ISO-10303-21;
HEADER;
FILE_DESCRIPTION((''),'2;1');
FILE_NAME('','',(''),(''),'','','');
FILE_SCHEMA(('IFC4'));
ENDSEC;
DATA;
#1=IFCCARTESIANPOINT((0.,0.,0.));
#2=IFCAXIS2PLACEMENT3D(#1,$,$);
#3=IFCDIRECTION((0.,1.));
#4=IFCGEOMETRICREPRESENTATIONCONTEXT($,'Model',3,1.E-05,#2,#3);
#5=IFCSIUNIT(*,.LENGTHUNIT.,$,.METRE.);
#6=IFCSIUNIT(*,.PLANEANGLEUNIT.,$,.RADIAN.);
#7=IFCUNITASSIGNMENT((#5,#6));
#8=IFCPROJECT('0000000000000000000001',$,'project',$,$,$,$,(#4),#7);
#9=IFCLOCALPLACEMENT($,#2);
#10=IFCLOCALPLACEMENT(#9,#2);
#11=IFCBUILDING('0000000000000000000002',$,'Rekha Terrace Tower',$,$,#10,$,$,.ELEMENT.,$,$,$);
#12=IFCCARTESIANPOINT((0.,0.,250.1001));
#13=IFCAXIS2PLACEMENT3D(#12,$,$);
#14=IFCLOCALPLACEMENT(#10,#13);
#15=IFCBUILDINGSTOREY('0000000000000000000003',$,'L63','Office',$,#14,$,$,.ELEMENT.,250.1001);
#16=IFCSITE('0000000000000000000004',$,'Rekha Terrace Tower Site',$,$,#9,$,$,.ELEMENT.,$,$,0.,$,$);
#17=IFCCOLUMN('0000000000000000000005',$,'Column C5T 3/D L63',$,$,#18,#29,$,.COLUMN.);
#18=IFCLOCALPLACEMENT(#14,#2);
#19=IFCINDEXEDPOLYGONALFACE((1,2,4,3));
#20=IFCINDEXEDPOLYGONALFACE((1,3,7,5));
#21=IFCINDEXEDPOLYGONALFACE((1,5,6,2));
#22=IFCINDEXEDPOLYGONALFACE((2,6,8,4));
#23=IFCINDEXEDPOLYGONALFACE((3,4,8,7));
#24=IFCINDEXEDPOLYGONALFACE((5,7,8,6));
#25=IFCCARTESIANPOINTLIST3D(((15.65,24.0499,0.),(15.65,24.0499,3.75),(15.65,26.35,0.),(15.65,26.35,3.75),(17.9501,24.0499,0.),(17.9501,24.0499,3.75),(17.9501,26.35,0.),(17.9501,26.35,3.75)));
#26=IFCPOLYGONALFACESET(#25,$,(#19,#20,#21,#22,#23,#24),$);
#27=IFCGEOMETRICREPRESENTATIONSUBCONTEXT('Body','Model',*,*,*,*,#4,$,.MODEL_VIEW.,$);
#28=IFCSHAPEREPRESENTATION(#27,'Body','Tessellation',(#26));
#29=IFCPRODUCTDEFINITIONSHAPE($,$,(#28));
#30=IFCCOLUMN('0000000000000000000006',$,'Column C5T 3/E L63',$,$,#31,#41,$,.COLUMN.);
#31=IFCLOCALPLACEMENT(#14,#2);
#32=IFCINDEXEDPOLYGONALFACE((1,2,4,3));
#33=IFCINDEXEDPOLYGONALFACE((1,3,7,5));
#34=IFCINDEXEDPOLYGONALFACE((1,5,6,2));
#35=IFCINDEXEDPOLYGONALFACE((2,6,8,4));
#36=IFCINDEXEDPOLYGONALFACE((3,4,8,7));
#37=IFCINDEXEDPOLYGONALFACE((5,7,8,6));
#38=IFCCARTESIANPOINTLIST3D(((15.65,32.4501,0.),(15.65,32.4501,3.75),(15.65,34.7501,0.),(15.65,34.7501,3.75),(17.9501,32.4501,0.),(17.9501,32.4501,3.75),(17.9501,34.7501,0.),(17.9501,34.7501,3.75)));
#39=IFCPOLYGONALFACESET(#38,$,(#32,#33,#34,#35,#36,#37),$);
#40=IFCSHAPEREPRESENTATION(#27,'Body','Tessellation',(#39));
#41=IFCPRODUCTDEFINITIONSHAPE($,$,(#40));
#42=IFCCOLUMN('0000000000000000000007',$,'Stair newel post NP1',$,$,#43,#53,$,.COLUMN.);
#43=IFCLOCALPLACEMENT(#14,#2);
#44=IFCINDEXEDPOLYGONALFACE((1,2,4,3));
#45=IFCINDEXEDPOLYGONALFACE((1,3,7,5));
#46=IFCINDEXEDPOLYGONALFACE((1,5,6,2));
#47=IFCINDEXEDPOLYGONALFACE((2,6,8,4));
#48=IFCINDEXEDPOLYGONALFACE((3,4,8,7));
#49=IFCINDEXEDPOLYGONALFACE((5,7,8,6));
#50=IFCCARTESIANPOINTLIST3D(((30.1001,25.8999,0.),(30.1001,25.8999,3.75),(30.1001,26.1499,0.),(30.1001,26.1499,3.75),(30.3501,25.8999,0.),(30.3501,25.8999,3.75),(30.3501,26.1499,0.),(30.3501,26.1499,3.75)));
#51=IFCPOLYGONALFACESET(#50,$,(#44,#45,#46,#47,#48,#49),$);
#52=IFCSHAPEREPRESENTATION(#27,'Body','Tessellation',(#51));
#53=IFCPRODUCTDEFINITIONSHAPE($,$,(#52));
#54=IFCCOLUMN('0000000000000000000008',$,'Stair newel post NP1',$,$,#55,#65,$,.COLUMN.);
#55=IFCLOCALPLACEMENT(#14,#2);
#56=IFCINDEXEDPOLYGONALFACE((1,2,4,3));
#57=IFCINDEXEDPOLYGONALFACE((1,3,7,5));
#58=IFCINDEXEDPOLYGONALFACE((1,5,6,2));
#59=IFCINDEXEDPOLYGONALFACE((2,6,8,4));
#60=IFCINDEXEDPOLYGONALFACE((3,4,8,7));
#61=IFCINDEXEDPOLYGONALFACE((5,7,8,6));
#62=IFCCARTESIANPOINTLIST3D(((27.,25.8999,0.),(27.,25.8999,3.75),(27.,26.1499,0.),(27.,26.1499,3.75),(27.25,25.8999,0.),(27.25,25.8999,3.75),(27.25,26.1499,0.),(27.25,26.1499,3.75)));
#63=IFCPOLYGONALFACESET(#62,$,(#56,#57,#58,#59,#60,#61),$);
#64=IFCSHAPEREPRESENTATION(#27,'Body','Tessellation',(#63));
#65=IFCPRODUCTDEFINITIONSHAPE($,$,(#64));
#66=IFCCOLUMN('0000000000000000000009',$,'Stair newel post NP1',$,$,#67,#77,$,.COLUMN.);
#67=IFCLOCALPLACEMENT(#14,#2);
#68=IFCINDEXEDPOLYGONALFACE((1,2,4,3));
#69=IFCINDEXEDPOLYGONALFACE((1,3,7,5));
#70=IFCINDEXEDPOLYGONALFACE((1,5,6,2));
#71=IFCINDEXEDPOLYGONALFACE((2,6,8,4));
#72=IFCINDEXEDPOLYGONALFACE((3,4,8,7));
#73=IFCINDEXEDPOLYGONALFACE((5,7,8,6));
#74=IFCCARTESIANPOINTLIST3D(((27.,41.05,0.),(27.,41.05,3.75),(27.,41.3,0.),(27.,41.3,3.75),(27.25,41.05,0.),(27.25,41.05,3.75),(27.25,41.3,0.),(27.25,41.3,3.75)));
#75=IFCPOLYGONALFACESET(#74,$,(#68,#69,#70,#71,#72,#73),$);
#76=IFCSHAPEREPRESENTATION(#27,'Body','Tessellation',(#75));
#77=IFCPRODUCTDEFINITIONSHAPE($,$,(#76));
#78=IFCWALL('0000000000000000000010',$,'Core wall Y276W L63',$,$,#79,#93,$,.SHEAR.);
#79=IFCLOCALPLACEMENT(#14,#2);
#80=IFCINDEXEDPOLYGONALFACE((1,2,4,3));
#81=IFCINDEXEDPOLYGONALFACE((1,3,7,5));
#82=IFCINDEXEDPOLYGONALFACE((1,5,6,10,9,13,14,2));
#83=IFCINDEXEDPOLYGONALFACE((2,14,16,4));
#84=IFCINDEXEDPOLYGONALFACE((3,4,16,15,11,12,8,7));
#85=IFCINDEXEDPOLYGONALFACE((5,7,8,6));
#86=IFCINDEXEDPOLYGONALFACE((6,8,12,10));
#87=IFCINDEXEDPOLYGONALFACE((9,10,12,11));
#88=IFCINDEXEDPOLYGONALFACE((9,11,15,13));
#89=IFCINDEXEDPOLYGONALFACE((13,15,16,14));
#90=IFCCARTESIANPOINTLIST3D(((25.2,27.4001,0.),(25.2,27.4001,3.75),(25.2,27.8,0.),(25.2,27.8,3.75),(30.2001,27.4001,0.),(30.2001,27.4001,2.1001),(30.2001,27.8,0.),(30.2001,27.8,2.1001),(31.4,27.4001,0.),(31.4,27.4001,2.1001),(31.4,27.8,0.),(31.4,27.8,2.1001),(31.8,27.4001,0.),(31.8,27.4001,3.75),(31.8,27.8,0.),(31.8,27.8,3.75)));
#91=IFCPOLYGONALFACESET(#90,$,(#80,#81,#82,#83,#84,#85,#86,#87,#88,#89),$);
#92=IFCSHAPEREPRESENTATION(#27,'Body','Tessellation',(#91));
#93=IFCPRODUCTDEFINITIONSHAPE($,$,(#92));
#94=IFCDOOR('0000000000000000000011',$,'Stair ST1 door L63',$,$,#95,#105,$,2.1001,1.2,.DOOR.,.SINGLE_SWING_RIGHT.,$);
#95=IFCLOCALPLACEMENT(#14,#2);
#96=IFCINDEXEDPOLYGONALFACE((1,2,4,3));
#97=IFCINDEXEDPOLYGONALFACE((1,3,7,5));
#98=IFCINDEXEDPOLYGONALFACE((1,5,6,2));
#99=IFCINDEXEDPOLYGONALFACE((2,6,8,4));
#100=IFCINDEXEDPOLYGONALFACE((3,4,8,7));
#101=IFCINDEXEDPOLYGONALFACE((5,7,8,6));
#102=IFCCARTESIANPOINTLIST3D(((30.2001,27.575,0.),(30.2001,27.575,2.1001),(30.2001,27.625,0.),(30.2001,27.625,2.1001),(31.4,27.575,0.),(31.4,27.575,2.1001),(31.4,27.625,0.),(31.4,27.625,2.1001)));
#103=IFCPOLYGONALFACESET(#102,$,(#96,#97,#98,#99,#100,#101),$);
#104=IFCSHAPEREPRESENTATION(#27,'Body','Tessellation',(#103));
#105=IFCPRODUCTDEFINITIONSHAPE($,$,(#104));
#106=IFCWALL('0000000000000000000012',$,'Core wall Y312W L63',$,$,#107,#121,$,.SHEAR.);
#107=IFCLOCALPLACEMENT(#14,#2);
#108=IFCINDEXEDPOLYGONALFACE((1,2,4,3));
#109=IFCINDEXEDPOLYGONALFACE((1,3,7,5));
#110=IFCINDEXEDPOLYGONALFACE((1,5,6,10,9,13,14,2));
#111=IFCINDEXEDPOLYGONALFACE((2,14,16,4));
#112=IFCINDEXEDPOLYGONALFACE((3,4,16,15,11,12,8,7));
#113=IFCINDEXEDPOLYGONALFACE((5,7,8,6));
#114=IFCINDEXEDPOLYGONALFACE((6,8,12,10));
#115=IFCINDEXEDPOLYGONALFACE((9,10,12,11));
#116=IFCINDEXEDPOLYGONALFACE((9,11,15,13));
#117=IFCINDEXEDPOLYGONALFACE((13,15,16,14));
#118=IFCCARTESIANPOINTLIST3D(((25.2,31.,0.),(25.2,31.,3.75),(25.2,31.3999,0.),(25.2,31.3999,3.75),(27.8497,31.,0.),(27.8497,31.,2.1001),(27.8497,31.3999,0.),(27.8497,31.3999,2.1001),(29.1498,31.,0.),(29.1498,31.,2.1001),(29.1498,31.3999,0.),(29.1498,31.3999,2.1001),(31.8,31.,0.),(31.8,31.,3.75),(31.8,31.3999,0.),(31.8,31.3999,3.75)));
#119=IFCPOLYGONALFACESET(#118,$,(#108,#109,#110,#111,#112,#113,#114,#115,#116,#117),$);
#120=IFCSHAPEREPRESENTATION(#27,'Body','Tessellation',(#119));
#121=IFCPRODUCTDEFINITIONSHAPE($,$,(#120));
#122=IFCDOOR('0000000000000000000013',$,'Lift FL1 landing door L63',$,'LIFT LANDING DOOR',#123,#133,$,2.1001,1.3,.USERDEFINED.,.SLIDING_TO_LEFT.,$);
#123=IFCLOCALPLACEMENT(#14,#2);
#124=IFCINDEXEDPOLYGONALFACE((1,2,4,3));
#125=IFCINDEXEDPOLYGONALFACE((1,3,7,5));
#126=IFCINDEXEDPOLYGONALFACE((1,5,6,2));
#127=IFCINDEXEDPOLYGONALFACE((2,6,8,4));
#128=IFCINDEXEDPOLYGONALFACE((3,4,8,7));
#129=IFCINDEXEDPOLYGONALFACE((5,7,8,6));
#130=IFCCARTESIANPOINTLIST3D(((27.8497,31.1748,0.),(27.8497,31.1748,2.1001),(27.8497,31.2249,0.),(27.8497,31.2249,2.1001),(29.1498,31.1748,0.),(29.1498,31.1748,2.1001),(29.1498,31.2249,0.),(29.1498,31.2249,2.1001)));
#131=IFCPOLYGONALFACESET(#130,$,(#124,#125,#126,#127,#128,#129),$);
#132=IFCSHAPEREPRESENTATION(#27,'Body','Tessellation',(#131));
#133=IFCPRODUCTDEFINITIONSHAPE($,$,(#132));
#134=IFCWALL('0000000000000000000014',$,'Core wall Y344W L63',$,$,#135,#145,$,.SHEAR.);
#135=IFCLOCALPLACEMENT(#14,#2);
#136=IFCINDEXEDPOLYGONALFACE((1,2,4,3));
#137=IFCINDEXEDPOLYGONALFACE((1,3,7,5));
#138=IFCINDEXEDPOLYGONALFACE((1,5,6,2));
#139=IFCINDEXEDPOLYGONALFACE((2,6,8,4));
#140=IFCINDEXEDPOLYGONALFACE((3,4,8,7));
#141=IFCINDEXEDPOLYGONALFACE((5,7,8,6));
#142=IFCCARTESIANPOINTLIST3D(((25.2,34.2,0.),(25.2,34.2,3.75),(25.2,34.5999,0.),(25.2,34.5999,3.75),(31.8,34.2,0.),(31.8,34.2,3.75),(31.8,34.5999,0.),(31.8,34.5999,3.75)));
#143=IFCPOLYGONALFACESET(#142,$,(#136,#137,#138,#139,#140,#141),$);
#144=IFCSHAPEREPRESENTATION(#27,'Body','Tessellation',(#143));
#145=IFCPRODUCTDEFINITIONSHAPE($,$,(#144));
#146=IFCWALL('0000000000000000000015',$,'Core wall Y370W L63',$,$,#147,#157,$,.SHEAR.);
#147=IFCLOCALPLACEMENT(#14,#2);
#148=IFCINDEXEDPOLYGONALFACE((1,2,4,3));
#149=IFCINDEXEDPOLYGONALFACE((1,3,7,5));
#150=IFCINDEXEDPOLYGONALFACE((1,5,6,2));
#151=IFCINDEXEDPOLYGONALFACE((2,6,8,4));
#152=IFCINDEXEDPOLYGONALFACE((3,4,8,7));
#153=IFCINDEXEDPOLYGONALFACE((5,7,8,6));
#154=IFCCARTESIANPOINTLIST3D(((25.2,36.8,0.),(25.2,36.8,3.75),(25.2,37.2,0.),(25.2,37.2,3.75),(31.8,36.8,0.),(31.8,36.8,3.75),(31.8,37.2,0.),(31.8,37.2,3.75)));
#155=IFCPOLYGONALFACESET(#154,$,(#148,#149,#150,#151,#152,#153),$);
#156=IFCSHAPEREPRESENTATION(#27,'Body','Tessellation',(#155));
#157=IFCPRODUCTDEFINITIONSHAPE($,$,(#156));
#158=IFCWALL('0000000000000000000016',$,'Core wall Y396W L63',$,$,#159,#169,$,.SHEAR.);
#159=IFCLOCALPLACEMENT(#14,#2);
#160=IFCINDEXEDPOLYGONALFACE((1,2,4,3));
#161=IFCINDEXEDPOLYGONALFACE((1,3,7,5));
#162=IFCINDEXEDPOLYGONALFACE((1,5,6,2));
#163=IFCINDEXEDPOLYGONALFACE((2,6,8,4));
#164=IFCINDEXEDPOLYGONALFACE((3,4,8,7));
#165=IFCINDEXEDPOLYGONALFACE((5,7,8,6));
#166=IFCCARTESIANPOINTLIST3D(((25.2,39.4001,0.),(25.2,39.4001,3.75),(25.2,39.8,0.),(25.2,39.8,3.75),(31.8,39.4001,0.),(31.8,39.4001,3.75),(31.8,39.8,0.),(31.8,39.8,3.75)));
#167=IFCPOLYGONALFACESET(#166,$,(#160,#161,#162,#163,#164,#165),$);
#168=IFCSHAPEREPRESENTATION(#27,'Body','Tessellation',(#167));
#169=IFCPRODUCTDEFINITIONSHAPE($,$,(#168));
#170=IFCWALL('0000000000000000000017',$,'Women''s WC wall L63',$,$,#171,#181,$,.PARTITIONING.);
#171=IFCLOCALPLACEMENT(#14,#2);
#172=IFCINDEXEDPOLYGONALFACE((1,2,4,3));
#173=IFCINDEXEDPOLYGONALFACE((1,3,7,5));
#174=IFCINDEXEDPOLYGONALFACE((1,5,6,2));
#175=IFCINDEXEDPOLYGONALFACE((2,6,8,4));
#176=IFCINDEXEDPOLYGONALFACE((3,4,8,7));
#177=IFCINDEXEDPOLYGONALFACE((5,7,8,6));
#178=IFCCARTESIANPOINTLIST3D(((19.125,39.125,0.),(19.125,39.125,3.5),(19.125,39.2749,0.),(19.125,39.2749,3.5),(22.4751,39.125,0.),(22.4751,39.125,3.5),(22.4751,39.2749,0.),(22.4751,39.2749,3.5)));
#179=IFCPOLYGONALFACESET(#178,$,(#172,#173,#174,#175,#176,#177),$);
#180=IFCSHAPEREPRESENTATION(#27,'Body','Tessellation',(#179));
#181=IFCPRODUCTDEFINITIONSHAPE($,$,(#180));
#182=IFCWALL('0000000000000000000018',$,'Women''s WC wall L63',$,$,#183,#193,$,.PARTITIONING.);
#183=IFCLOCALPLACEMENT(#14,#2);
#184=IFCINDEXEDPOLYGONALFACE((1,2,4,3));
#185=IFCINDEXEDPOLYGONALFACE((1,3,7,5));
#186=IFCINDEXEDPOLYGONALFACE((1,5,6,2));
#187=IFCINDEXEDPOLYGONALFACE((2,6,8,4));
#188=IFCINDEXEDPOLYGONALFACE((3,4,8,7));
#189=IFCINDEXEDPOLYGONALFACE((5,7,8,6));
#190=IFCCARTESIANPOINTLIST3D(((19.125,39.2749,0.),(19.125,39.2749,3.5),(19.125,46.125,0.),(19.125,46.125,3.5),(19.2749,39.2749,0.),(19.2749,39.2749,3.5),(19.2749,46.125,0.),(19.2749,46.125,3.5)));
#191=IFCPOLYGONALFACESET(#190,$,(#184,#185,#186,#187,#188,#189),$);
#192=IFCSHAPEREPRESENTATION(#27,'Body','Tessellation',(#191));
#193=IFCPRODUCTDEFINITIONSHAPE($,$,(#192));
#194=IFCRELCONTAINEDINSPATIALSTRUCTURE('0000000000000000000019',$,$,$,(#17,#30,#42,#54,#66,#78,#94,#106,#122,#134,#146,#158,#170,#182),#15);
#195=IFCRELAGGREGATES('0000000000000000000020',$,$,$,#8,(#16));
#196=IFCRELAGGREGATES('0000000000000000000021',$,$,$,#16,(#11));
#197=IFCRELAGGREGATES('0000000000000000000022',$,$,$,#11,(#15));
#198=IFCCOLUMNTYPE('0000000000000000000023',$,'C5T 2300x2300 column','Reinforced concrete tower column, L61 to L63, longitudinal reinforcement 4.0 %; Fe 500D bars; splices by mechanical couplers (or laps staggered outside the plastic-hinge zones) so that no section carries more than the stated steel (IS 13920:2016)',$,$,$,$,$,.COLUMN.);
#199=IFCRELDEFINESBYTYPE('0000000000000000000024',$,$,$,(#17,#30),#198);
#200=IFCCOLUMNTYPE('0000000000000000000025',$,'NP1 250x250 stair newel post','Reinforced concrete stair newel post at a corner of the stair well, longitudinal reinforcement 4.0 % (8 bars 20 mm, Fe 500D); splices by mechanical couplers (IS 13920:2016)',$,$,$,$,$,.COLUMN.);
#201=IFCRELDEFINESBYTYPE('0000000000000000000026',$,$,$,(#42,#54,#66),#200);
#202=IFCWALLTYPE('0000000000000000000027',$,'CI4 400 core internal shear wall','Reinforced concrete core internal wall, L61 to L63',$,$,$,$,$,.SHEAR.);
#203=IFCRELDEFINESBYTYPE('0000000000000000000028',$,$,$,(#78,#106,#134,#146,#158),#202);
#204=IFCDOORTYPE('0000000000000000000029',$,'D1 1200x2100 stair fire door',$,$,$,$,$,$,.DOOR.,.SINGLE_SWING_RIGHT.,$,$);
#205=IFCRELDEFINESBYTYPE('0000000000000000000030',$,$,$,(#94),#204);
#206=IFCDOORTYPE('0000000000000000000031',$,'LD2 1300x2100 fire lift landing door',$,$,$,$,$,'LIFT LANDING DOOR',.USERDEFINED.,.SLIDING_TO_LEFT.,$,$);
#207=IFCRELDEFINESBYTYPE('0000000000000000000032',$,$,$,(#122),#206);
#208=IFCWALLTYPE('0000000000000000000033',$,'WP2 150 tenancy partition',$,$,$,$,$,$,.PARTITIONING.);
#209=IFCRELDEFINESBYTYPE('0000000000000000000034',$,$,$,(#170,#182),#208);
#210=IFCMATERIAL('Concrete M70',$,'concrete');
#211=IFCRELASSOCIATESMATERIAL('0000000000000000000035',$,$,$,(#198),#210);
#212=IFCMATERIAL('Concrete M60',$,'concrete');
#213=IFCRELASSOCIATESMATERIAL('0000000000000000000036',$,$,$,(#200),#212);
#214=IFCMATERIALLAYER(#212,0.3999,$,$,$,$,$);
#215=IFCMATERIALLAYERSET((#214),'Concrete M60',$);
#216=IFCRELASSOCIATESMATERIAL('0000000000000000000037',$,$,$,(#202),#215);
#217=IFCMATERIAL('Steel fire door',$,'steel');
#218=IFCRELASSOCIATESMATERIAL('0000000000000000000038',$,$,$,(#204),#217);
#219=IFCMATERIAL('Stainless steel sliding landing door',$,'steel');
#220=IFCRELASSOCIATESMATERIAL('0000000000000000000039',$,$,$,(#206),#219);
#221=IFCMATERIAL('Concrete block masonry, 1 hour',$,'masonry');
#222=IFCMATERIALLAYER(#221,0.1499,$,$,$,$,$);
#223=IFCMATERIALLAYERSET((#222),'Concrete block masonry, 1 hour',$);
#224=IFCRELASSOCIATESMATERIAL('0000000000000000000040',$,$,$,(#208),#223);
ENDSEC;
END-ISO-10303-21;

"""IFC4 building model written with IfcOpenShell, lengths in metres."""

from ifc_helpers import new_model, si_unit, direction, frame, frame_2d, origin, origin_2d, place, context, subcontext, project, spatial, rectangle, extrude, material, layer, layer_set, material_profile, profile_set, type_object, element, fill, save


model = new_model("IFC4")

# Units and contexts
model_context = context("Model", 3, precision=1e-05, world=origin(), true_north=direction((0.0, 1.0)))
body_context = subcontext(model_context, "Body", "Model", "MODEL_VIEW")
ifc_project = project(units=[si_unit("LENGTHUNIT", "METRE"), si_unit("PLANEANGLEUNIT", "RADIAN")], contexts=[model_context])

# Site, building, storey
site_placement = place(None, origin())
site = spatial("IfcSite", under=ifc_project, at=site_placement, Name="Rekha Terrace Tower Site", CompositionType="ELEMENT", RefElevation=0.0)
building_placement = place(site_placement, origin())
building = spatial("IfcBuilding", under=site, at=building_placement, Name="Rekha Terrace Tower", CompositionType="ELEMENT")
storey_placement = place(building_placement, frame((0.0, 0.0, 250.1001)))
storey = spatial("IfcBuildingStorey", under=building, at=storey_placement, Name="L63", Description="Office", CompositionType="ELEMENT", Elevation=250.1001)

# Columns
ifc_material_1 = material(Name="Concrete M70", Category="concrete")
ifc_material_profile_1 = material_profile(ifc_material_1, rectangle(XDim=2.3, YDim=2.3, at=origin_2d()), Name="RC 2300x2300")
ifc_profile_set_1 = profile_set([ifc_material_profile_1], Name="Concrete M70")
column_type_1 = type_object("IfcColumnType", Name="C5T 2300x2300 column", Description="Reinforced concrete tower column, L61 to L63, longitudinal reinforcement 4.0 %; Fe 500D bars; splices by mechanical couplers (or laps staggered outside the plastic-hinge zones) so that no section carries more than the stated steel (IS 13920:2016)", PredefinedType="COLUMN", material=ifc_profile_set_1)
for number, where, z_axis, x_axis, name in (
    (1, (16.8, 25.2, 0.0), (0.0, 0.0, 1.0), (1.0, 0.0, 0.0), "Column C5T 3/D L63"),
    (2, (16.8, 33.6001, 0.0), (0.0, 0.0, 1.0), (1.0, 0.0, 0.0), "Column C5T 3/E L63"),
):
    element("IfcColumn", number, at=place(storey_placement, frame(where, z_axis=z_axis, x_axis=x_axis)), inside=storey, type_object=column_type_1, Name=name, PredefinedType="COLUMN", context=body_context, shape_type="SweptSolid", body=[
        extrude(rectangle(XDim=2.3, YDim=2.3, at=origin_2d()), origin(), (0.0, 0.0, 1.0), 3.75),
    ])
ifc_material_2 = material(Name="Concrete M60", Category="concrete")
ifc_material_profile_2 = material_profile(ifc_material_2, rectangle(XDim=0.25, YDim=0.25, at=origin_2d()), Name="RC 250x250")
ifc_profile_set_2 = profile_set([ifc_material_profile_2], Name="Concrete M60")
column_type_2 = type_object("IfcColumnType", Name="NP1 250x250 stair newel post", Description="Reinforced concrete stair newel post at a corner of the stair well, longitudinal reinforcement 4.0 % (8 bars 20 mm, Fe 500D); splices by mechanical couplers (IS 13920:2016)", PredefinedType="COLUMN", material=ifc_profile_set_2)
for number, where, z_axis, x_axis, name in (
    (3, (30.2251, 26.0249, 0.0), (0.0, 0.0, 1.0), (1.0, 0.0, 0.0), "Stair newel post NP1"),
    (4, (27.125, 26.0249, 0.0), (0.0, 0.0, 1.0), (1.0, 0.0, 0.0), "Stair newel post NP1"),
    (5, (27.125, 41.175, 0.0), (0.0, 0.0, 1.0), (1.0, 0.0, 0.0), "Stair newel post NP1"),
):
    element("IfcColumn", number, at=place(storey_placement, frame(where, z_axis=z_axis, x_axis=x_axis)), inside=storey, type_object=column_type_2, Name=name, PredefinedType="COLUMN", context=body_context, shape_type="SweptSolid", body=[
        extrude(rectangle(XDim=0.25, YDim=0.25, at=origin_2d()), origin(), (0.0, 0.0, 1.0), 3.75),
    ])

# Walls, openings, doors
ifc_layer_1 = layer(ifc_material_2, 0.3999)
ifc_layer_set_1 = layer_set([ifc_layer_1], Name="Concrete M60")
wall_type_1 = type_object("IfcWallType", Name="CI4 400 core internal shear wall", Description="Reinforced concrete core internal wall, L61 to L63", PredefinedType="SHEAR", material=ifc_layer_set_1)
wall_1_placement = place(storey_placement, frame((25.2, 27.6001, 0.0), z_axis=(0.0, 0.0, 1.0), x_axis=(1.0, 0.0, 0.0)))
wall_1 = element("IfcWall", 6, at=wall_1_placement, inside=storey, type_object=wall_type_1, Name="Core wall Y276W L63", PredefinedType="SHEAR", context=body_context, shape_type="SweptSolid", body=[
    extrude(rectangle(XDim=6.6001, YDim=0.3999, at=frame_2d((3.3, 0.0))), origin(), (0.0, 0.0, 1.0), 3.75),
])
opening_1_placement = place(wall_1_placement, frame((5.0, 0.0, 0.0)))
opening_1 = element("IfcOpeningElement", 7, at=opening_1_placement, cuts=wall_1, PredefinedType="OPENING", context=body_context, shape_type="SweptSolid", body=[
    extrude(rectangle(XDim=1.2, YDim=2.1001, at=frame_2d((0.6001, 1.05))), frame((0.0, 0.21, 0.0), z_axis=(0.0, -1.0, 0.0), x_axis=(1.0, 0.0, 0.0)), (0.0, 0.0, 1.0), 0.4199),
])
ifc_material_3 = material(Name="Steel fire door", Category="steel")
door_type_1 = type_object("IfcDoorType", Name="D1 1200x2100 stair fire door", OperationType="SINGLE_SWING_RIGHT", PredefinedType="DOOR", material=ifc_material_3)
door_1_placement = place(opening_1_placement, origin())
door_1 = element("IfcDoor", 8, at=door_1_placement, inside=storey, type_object=door_type_1, Name="Stair ST1 door L63", OperationType="SINGLE_SWING_RIGHT", OverallHeight=2.1001, OverallWidth=1.2, PredefinedType="DOOR", context=body_context, shape_type="SweptSolid", body=[
    extrude(rectangle(XDim=1.2, YDim=2.1001, at=frame_2d((0.6001, 1.05))), frame((0.0, 0.0249, 0.0), z_axis=(0.0, -1.0, 0.0), x_axis=(1.0, 0.0, 0.0)), (0.0, 0.0, 1.0), 0.05),
])
fill(opening_1, door_1)
wall_2_placement = place(storey_placement, frame((25.2, 31.2, 0.0), z_axis=(0.0, 0.0, 1.0), x_axis=(1.0, 0.0, 0.0)))
wall_2 = element("IfcWall", 9, at=wall_2_placement, inside=storey, type_object=wall_type_1, Name="Core wall Y312W L63", PredefinedType="SHEAR", context=body_context, shape_type="SweptSolid", body=[
    extrude(rectangle(XDim=6.6001, YDim=0.3999, at=frame_2d((3.3, 0.0))), origin(), (0.0, 0.0, 1.0), 3.75),
])
opening_2_placement = place(wall_2_placement, frame((2.6499, 0.0, 0.0)))
opening_2 = element("IfcOpeningElement", 10, at=opening_2_placement, cuts=wall_2, PredefinedType="OPENING", context=body_context, shape_type="SweptSolid", body=[
    extrude(rectangle(XDim=1.3, YDim=2.1001, at=frame_2d((0.6499, 1.05))), frame((0.0, 0.21, 0.0), z_axis=(0.0, -1.0, 0.0), x_axis=(1.0, 0.0, 0.0)), (0.0, 0.0, 1.0), 0.4199),
])
ifc_material_4 = material(Name="Stainless steel sliding landing door", Category="steel")
door_type_2 = type_object("IfcDoorType", Name="LD2 1300x2100 fire lift landing door", ElementType="LIFT LANDING DOOR", OperationType="SLIDING_TO_LEFT", PredefinedType="USERDEFINED", material=ifc_material_4)
door_2_placement = place(opening_2_placement, origin())
door_2 = element("IfcDoor", 11, at=door_2_placement, inside=storey, type_object=door_type_2, Name="Lift FL1 landing door L63", ObjectType="LIFT LANDING DOOR", OperationType="SLIDING_TO_LEFT", OverallHeight=2.1001, OverallWidth=1.3, PredefinedType="USERDEFINED", context=body_context, shape_type="SweptSolid", body=[
    extrude(rectangle(XDim=1.3, YDim=2.1001, at=frame_2d((0.6499, 1.05))), frame((0.0, 0.0249, 0.0), z_axis=(0.0, -1.0, 0.0), x_axis=(1.0, 0.0, 0.0)), (0.0, 0.0, 1.0), 0.05),
])
fill(opening_2, door_2)

# Walls
for number, where, z_axis, x_axis, name in (
    (12, (25.2, 34.3999, 0.0), (0.0, 0.0, 1.0), (1.0, 0.0, 0.0), "Core wall Y344W L63"),
    (13, (25.2, 37.0, 0.0), (0.0, 0.0, 1.0), (1.0, 0.0, 0.0), "Core wall Y370W L63"),
    (14, (25.2, 39.6001, 0.0), (0.0, 0.0, 1.0), (1.0, 0.0, 0.0), "Core wall Y396W L63"),
):
    element("IfcWall", number, at=place(storey_placement, frame(where, z_axis=z_axis, x_axis=x_axis)), inside=storey, type_object=wall_type_1, Name=name, PredefinedType="SHEAR", context=body_context, shape_type="SweptSolid", body=[
        extrude(rectangle(XDim=6.6001, YDim=0.3999, at=frame_2d((3.3, 0.0))), origin(), (0.0, 0.0, 1.0), 3.75),
    ])
ifc_material_5 = material(Name="Concrete block masonry, 1 hour", Category="masonry")
ifc_layer_2 = layer(ifc_material_5, 0.1499)
ifc_layer_set_2 = layer_set([ifc_layer_2], Name="Concrete block masonry, 1 hour")
wall_type_2 = type_object("IfcWallType", Name="WP2 150 tenancy partition", PredefinedType="PARTITIONING", material=ifc_layer_set_2)
wall_3_placement = place(storey_placement, frame((19.125, 39.2, 0.0), z_axis=(0.0, 0.0, 1.0), x_axis=(1.0, 0.0, 0.0)))
element("IfcWall", 15, at=wall_3_placement, inside=storey, type_object=wall_type_2, Name="Women's WC wall L63", PredefinedType="PARTITIONING", context=body_context, shape_type="SweptSolid", body=[
    extrude(rectangle(XDim=3.3501, YDim=0.1499, at=frame_2d((1.675, 0.0))), origin(), (0.0, 0.0, 1.0), 3.5),
])
wall_4_placement = place(storey_placement, frame((19.2, 39.2749, 0.0), z_axis=(0.0, 0.0, 1.0), x_axis=(0.0, 1.0, 0.0)))
element("IfcWall", 16, at=wall_4_placement, inside=storey, type_object=wall_type_2, Name="Women's WC wall L63", PredefinedType="PARTITIONING", context=body_context, shape_type="SweptSolid", body=[
    extrude(rectangle(XDim=6.8501, YDim=0.1499, at=frame_2d((3.425, 0.0))), origin(), (0.0, 0.0, 1.0), 3.5),
])

save(model, "model.ifc")
